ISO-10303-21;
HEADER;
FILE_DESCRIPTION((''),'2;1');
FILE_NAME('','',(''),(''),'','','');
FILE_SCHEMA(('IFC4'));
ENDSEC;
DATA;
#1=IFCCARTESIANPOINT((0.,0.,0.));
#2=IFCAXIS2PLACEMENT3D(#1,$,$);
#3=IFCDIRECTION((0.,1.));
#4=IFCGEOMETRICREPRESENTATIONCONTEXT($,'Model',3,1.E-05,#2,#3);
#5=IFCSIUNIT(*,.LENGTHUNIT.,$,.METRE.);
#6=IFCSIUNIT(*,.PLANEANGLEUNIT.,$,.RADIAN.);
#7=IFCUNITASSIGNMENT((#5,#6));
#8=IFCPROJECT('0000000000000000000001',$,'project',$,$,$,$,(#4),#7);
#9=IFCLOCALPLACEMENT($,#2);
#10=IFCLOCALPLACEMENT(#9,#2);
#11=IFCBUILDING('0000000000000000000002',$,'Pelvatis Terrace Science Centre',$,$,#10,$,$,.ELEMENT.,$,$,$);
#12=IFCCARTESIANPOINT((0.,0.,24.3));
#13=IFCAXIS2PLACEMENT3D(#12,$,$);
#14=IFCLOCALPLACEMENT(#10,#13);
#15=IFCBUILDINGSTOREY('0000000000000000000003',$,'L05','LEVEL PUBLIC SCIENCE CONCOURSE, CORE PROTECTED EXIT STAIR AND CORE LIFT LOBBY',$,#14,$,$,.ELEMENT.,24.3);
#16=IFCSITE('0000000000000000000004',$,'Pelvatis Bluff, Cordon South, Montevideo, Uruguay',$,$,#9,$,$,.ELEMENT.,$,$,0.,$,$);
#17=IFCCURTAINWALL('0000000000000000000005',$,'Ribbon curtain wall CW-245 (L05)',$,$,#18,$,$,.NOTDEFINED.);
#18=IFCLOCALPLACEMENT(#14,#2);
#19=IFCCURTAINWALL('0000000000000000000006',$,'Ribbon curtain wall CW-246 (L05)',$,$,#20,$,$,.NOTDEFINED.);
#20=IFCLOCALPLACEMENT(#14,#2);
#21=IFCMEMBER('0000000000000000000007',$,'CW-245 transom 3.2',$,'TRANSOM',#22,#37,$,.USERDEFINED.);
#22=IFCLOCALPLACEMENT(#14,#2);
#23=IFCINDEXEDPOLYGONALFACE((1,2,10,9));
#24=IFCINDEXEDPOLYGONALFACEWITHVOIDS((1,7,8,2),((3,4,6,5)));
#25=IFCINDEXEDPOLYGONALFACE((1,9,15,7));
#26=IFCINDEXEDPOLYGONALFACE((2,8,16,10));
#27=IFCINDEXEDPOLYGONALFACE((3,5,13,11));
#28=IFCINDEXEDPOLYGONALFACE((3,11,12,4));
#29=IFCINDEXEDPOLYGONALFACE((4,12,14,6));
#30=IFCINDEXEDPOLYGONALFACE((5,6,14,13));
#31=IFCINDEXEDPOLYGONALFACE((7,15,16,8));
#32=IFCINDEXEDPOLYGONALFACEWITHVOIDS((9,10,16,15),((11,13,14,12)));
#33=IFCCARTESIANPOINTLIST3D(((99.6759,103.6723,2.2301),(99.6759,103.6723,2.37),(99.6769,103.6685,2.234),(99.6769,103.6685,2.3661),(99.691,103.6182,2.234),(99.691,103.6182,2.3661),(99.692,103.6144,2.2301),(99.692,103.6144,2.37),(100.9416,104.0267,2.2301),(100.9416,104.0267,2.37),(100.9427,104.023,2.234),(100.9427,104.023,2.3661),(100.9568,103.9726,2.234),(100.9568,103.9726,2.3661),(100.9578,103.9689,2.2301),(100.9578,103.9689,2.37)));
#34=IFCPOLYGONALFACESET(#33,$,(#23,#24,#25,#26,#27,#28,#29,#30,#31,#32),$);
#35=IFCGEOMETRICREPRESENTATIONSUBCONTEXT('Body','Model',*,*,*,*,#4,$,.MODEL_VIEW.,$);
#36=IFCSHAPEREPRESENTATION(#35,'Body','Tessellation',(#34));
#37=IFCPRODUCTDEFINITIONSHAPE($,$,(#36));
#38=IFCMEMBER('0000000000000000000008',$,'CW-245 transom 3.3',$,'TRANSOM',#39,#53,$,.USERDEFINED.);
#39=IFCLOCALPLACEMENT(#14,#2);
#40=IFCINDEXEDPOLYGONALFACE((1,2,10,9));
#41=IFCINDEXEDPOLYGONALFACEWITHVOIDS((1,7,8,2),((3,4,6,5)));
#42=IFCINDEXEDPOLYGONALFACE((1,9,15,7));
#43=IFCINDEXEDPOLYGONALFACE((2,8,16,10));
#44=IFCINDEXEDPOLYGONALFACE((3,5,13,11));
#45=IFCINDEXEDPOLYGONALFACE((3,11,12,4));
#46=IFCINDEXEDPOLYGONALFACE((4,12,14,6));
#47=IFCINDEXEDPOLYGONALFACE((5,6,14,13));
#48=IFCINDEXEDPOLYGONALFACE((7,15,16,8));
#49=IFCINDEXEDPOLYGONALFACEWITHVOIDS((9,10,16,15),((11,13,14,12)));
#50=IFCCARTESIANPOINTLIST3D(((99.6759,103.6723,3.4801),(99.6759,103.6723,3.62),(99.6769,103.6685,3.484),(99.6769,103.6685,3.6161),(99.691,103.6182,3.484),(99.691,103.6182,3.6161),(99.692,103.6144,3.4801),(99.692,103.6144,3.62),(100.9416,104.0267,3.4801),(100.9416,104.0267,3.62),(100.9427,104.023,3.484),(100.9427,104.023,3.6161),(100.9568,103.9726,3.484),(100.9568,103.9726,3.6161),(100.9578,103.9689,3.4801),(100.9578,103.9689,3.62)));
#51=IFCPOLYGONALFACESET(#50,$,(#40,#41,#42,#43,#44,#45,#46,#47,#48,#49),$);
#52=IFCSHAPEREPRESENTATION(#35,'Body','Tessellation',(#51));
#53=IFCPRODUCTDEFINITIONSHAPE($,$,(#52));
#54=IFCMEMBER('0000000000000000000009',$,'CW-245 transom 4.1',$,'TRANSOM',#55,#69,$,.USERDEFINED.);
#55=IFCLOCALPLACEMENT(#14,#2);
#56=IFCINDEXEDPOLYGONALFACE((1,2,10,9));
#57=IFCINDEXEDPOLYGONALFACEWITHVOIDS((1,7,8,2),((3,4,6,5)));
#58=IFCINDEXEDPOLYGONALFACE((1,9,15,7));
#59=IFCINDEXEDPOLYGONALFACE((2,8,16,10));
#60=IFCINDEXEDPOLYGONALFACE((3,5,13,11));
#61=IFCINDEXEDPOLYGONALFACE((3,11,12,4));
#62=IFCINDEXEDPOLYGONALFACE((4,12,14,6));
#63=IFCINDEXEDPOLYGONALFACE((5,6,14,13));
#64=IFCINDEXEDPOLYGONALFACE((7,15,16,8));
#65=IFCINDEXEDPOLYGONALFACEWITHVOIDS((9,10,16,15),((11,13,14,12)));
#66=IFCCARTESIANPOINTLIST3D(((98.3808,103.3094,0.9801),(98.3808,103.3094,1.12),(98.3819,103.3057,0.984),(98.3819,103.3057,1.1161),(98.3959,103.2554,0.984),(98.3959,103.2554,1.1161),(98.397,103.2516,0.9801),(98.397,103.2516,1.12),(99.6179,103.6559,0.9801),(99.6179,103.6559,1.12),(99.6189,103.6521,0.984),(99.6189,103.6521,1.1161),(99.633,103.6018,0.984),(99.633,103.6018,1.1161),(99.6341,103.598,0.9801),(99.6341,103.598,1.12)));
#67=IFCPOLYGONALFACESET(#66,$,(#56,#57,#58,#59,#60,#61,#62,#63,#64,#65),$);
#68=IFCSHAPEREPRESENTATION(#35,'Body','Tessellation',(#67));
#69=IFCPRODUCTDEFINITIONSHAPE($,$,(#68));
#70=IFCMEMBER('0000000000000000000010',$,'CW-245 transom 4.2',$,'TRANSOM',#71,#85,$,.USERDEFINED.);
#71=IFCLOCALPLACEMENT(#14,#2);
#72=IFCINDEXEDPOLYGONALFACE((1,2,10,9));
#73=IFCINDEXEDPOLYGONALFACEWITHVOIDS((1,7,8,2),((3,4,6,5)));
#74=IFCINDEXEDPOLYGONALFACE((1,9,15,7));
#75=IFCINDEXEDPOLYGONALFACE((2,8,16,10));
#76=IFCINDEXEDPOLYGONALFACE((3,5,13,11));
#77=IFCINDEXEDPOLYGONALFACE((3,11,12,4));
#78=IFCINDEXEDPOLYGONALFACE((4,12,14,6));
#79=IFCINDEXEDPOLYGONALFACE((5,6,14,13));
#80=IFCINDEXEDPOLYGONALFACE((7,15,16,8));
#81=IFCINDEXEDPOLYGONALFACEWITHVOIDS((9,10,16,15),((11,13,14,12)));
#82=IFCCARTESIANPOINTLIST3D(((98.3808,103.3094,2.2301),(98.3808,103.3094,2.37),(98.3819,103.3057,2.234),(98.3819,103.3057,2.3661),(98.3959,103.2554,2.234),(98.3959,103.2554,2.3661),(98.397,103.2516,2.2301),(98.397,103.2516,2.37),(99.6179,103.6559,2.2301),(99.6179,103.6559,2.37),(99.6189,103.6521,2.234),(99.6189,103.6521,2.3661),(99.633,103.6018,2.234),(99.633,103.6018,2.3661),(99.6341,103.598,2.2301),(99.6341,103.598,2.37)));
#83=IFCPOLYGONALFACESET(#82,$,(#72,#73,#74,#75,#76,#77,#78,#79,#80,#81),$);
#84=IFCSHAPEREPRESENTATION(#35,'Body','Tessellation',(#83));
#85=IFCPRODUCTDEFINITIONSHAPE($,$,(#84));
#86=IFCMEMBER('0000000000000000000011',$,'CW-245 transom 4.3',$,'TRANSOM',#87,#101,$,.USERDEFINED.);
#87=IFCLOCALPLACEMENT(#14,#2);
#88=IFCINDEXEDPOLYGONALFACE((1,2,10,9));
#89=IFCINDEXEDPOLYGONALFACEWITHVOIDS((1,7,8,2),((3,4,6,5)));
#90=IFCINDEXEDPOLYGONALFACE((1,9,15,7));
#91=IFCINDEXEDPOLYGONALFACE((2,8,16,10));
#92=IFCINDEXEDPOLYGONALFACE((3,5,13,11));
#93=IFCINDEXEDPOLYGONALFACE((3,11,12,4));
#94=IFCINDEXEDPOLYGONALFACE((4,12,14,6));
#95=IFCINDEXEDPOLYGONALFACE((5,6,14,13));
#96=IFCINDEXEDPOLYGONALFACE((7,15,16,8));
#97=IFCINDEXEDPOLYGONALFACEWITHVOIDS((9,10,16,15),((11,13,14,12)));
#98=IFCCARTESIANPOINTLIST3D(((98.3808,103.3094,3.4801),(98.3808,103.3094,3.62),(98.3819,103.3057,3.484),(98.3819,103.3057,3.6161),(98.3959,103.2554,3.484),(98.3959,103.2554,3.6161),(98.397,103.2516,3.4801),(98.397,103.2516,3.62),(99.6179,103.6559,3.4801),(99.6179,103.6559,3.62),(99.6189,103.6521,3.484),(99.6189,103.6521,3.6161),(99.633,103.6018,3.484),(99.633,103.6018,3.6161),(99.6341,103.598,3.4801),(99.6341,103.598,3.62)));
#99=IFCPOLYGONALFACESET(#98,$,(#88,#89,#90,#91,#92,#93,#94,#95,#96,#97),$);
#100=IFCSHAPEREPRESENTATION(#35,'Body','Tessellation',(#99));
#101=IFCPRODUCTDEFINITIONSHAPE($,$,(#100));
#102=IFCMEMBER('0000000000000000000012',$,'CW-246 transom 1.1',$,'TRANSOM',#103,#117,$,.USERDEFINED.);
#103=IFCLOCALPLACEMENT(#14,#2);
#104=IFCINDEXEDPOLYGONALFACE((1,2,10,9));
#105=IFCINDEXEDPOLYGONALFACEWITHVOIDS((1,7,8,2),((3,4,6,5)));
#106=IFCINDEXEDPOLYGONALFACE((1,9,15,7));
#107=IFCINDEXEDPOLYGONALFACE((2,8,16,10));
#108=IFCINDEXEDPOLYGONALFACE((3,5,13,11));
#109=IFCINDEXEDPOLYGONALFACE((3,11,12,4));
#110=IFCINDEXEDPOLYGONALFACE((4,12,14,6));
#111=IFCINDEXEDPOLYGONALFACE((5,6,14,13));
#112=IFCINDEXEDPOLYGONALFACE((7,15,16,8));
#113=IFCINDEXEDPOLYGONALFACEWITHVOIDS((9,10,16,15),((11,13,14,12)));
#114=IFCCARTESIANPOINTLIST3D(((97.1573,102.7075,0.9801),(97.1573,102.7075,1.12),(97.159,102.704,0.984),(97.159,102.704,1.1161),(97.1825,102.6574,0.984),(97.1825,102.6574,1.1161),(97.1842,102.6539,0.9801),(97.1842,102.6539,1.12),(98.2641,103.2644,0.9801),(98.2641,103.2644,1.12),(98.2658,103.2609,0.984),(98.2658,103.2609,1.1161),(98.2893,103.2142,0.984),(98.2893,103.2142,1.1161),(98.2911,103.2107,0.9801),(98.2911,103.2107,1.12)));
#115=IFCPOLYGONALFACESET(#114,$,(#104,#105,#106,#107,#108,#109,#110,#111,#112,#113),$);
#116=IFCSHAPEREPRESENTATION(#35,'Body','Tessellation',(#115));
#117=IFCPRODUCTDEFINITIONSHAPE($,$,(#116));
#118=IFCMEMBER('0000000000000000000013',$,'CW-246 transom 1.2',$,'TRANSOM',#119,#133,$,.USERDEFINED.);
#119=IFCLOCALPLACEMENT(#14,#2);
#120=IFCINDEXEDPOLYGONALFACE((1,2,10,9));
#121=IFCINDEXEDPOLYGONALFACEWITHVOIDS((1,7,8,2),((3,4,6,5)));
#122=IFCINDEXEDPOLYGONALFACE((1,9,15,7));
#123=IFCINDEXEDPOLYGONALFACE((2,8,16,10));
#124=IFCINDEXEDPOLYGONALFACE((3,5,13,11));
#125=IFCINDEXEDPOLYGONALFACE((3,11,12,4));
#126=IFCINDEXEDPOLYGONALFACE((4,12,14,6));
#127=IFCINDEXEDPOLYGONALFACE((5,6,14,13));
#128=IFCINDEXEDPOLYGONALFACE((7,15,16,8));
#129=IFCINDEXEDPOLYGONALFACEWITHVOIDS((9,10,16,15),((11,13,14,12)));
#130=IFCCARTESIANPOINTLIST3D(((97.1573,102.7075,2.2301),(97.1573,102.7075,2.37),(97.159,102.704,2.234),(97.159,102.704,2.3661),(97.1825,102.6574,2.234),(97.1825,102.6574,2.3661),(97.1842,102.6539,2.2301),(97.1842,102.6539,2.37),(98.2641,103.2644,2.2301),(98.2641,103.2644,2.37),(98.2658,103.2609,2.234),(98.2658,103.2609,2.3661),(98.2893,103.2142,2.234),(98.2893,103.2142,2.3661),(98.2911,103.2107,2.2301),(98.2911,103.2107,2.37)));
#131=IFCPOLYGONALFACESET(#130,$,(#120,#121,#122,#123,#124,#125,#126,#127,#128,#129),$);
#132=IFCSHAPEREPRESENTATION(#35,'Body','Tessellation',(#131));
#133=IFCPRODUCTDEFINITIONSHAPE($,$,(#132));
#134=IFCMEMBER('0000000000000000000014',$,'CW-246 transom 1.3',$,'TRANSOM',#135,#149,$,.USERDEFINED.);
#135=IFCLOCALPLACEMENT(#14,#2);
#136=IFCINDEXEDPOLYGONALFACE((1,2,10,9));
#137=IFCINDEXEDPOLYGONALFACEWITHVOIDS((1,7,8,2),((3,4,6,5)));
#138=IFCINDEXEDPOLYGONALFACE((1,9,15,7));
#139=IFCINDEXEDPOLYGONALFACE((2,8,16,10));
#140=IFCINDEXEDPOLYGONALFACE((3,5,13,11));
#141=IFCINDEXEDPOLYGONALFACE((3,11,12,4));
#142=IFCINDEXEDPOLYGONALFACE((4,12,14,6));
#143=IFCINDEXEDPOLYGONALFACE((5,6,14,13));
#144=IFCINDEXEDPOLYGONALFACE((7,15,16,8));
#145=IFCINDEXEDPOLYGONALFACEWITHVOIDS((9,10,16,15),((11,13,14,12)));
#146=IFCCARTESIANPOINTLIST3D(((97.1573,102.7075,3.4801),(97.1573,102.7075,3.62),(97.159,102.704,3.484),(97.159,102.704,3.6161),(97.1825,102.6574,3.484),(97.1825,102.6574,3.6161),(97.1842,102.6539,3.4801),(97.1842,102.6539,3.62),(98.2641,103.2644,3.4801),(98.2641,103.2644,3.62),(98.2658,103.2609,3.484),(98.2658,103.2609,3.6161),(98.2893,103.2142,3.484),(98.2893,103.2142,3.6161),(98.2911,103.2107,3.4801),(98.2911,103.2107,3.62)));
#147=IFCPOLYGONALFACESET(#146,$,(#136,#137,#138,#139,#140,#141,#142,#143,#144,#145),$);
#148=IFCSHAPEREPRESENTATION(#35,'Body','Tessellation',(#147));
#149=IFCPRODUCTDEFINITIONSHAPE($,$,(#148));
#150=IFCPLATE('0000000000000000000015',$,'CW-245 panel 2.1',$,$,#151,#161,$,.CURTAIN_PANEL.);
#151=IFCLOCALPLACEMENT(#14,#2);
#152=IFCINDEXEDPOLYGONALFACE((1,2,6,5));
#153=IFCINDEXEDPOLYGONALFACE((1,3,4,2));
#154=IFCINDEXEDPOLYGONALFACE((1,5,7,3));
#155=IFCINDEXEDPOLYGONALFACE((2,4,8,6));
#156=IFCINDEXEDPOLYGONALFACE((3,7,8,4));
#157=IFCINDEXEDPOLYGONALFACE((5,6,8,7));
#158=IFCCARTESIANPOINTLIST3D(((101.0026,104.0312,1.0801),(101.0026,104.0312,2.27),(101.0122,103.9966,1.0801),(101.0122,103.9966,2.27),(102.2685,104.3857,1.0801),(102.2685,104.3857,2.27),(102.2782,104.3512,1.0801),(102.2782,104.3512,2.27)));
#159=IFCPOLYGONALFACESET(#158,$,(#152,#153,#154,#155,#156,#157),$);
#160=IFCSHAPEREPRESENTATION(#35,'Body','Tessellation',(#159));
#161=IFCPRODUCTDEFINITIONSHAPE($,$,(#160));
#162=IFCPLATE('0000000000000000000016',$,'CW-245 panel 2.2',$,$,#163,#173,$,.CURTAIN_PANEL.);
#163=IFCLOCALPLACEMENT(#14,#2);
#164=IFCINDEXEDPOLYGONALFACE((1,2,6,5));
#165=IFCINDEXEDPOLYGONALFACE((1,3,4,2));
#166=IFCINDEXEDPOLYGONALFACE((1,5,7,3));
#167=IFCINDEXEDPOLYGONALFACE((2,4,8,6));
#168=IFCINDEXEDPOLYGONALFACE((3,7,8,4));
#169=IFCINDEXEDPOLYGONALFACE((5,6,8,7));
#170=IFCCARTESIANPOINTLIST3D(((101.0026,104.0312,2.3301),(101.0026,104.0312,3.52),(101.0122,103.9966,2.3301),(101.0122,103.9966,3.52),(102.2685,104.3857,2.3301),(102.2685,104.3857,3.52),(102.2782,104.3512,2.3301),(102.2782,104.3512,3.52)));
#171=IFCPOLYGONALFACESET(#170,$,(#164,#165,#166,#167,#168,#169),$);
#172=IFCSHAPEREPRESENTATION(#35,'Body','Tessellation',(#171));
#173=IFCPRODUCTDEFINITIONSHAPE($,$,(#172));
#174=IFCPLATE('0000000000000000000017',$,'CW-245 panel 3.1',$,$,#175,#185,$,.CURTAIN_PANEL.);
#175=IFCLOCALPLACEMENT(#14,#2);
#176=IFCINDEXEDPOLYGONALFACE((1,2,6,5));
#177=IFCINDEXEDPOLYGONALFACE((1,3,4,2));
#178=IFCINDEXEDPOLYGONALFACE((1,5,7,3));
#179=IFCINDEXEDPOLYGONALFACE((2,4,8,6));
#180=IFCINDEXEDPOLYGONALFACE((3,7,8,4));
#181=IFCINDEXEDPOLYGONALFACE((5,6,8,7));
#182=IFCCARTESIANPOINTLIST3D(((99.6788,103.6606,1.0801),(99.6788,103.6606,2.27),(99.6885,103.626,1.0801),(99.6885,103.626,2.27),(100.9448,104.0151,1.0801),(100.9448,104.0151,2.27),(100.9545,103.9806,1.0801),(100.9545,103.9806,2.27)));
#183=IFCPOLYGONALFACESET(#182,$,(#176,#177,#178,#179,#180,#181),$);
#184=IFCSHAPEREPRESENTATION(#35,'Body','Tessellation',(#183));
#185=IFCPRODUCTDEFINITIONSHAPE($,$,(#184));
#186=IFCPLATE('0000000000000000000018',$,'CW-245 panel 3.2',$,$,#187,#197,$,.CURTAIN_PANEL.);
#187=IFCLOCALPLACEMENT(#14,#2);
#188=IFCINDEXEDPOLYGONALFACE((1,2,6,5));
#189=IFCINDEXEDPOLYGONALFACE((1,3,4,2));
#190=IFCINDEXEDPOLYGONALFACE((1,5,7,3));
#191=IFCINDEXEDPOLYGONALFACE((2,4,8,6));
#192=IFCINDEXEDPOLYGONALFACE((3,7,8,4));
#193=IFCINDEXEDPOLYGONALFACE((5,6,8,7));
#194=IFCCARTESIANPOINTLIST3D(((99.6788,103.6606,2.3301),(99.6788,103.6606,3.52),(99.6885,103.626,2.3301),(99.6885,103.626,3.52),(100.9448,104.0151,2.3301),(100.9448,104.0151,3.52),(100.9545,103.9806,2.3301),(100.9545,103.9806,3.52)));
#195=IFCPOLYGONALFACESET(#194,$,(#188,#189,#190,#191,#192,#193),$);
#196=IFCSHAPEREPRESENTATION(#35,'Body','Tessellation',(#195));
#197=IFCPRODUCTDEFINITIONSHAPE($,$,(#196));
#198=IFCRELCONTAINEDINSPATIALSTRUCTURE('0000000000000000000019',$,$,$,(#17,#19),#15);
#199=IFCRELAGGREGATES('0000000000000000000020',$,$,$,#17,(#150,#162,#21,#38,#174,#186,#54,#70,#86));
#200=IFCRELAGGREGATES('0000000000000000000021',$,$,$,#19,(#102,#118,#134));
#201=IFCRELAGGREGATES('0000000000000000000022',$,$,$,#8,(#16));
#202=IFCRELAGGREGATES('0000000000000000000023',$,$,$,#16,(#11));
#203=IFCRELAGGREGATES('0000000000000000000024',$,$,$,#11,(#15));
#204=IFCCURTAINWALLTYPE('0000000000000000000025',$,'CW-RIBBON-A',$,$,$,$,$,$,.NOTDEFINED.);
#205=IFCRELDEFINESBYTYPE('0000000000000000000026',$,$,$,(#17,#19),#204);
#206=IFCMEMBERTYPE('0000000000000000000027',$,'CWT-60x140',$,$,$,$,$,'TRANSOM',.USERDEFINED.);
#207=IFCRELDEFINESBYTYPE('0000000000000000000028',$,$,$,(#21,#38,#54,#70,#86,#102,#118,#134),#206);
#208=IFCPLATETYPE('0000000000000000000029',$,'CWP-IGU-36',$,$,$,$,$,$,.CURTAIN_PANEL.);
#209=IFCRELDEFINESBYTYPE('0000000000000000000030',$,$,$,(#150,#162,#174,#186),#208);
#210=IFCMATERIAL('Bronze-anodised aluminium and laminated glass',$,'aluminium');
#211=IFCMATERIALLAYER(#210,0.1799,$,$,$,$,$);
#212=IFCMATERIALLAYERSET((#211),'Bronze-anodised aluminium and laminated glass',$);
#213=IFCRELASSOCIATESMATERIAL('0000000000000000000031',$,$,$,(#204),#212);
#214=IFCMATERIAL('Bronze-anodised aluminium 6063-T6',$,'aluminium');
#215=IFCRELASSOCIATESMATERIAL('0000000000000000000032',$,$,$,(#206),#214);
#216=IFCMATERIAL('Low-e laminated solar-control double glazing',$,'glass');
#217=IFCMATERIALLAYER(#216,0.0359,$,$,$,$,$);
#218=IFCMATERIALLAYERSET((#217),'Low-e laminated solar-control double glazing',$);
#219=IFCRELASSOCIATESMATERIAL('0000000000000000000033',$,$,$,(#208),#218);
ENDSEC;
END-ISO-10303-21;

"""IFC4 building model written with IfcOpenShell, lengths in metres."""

from ifc_helpers import new_model, si_unit, direction, frame, origin, origin_2d, place, context, subcontext, project, spatial, rectangle, hollow_rectangle, extrude, material, layer, layer_set, material_profile, profile_set, type_object, element, aggregate, save


model = new_model("IFC4")

# Units and contexts
model_context = context("Model", 3, precision=1e-05, world=origin(), true_north=direction((0.0, 1.0)))
body_context = subcontext(model_context, "Body", "Model", "MODEL_VIEW")
ifc_project = project(units=[si_unit("LENGTHUNIT", "METRE"), si_unit("PLANEANGLEUNIT", "RADIAN")], contexts=[model_context])

# Site, building, storey
site_placement = place(None, origin())
site = spatial("IfcSite", under=ifc_project, at=site_placement, Name="Pelvatis Bluff, Cordon South, Montevideo, Uruguay", CompositionType="ELEMENT", RefElevation=0.0)
building_placement = place(site_placement, origin())
building = spatial("IfcBuilding", under=site, at=building_placement, Name="Pelvatis Terrace Science Centre", CompositionType="ELEMENT")
storey_placement = place(building_placement, frame((0.0, 0.0, 24.3)))
storey = spatial("IfcBuildingStorey", under=building, at=storey_placement, Name="L05", Description="LEVEL PUBLIC SCIENCE CONCOURSE, CORE PROTECTED EXIT STAIR AND CORE LIFT LOBBY", CompositionType="ELEMENT", Elevation=24.3)

# Curtain walls
ifc_material_1 = material(Name="Bronze-anodised aluminium and laminated glass", Category="aluminium")
ifc_layer_1 = layer(ifc_material_1, 0.1799)
ifc_layer_set_1 = layer_set([ifc_layer_1], Name="Bronze-anodised aluminium and laminated glass")
curtain_wall_type = type_object("IfcCurtainWallType", Name="CW-RIBBON-A", PredefinedType="NOTDEFINED", material=ifc_layer_set_1)
curtain_wall_1_placement = place(storey_placement, origin())
curtain_wall_1 = element("IfcCurtainWall", 1, at=curtain_wall_1_placement, inside=storey, type_object=curtain_wall_type, Name="Ribbon curtain wall CW-245 (L05)", PredefinedType="NOTDEFINED")
curtain_wall_2_placement = place(storey_placement, origin())
curtain_wall_2 = element("IfcCurtainWall", 2, at=curtain_wall_2_placement, inside=storey, type_object=curtain_wall_type, Name="Ribbon curtain wall CW-246 (L05)", PredefinedType="NOTDEFINED")

# Members
ifc_material_2 = material(Name="Bronze-anodised aluminium 6063-T6", Category="aluminium")
ifc_material_profile_1 = material_profile(ifc_material_2, hollow_rectangle(XDim=0.0601, YDim=0.1399, WallThickness=0.0039, at=origin_2d()), Name="ALU-TRN 60x140")
ifc_profile_set_1 = profile_set([ifc_material_profile_1], Name="Bronze-anodised aluminium 6063-T6")
member_type_1 = type_object("IfcMemberType", Name="CWT-60x140", ElementType="TRANSOM", PredefinedType="USERDEFINED", material=ifc_profile_set_1)
member_1_placement = place(storey_placement, frame((100.9497, 103.9978, 2.3), z_axis=(-0.962954, -0.269664, 0.0), x_axis=(0.269664, -0.962954, 0.0)))
member_1 = element("IfcMember", 3, at=member_1_placement, type_object=member_type_1, Name="CW-245 transom 3.2", ObjectType="TRANSOM", PredefinedType="USERDEFINED", context=body_context, shape_type="SweptSolid", body=[
    extrude(hollow_rectangle(XDim=0.0601, YDim=0.1399, WallThickness=0.0039, at=origin_2d()), origin(), (0.0, 0.0, 1.0), 1.3145),
])
member_2_placement = place(storey_placement, frame((100.9497, 103.9978, 3.55), z_axis=(-0.962954, -0.269664, 0.0), x_axis=(0.269664, -0.962954, 0.0)))
member_2 = element("IfcMember", 4, at=member_2_placement, type_object=member_type_1, Name="CW-245 transom 3.3", ObjectType="TRANSOM", PredefinedType="USERDEFINED", context=body_context, shape_type="SweptSolid", body=[
    extrude(hollow_rectangle(XDim=0.0601, YDim=0.1399, WallThickness=0.0039, at=origin_2d()), origin(), (0.0, 0.0, 1.0), 1.3145),
])
member_3_placement = place(storey_placement, frame((99.626, 103.627, 1.05), z_axis=(-0.962952, -0.269672, 0.0), x_axis=(0.269672, -0.962952, 0.0)))
member_3 = element("IfcMember", 5, at=member_3_placement, type_object=member_type_1, Name="CW-245 transom 4.1", ObjectType="TRANSOM", PredefinedType="USERDEFINED", context=body_context, shape_type="SweptSolid", body=[
    extrude(hollow_rectangle(XDim=0.0601, YDim=0.1399, WallThickness=0.0039, at=origin_2d()), origin(), (0.0, 0.0, 1.0), 1.2847),
])
member_4_placement = place(storey_placement, frame((99.626, 103.627, 2.3), z_axis=(-0.962952, -0.269672, 0.0), x_axis=(0.269672, -0.962952, 0.0)))
member_4 = element("IfcMember", 6, at=member_4_placement, type_object=member_type_1, Name="CW-245 transom 4.2", ObjectType="TRANSOM", PredefinedType="USERDEFINED", context=body_context, shape_type="SweptSolid", body=[
    extrude(hollow_rectangle(XDim=0.0601, YDim=0.1399, WallThickness=0.0039, at=origin_2d()), origin(), (0.0, 0.0, 1.0), 1.2847),
])
member_5_placement = place(storey_placement, frame((99.626, 103.627, 3.55), z_axis=(-0.962952, -0.269672, 0.0), x_axis=(0.269672, -0.962952, 0.0)))
member_5 = element("IfcMember", 7, at=member_5_placement, type_object=member_type_1, Name="CW-245 transom 4.3", ObjectType="TRANSOM", PredefinedType="USERDEFINED", context=body_context, shape_type="SweptSolid", body=[
    extrude(hollow_rectangle(XDim=0.0601, YDim=0.1399, WallThickness=0.0039, at=origin_2d()), origin(), (0.0, 0.0, 1.0), 1.2847),
])
member_6_placement = place(storey_placement, frame((98.2776, 103.2375, 1.05), z_axis=(-0.893321, -0.449419, 0.0), x_axis=(0.449419, -0.893321, 0.0)))
member_6 = element("IfcMember", 8, at=member_6_placement, type_object=member_type_1, Name="CW-246 transom 1.1", ObjectType="TRANSOM", PredefinedType="USERDEFINED", context=body_context, shape_type="SweptSolid", body=[
    extrude(hollow_rectangle(XDim=0.0601, YDim=0.1399, WallThickness=0.0039, at=origin_2d()), origin(), (0.0, 0.0, 1.0), 1.239),
])
member_7_placement = place(storey_placement, frame((98.2776, 103.2375, 2.3), z_axis=(-0.893321, -0.449419, 0.0), x_axis=(0.449419, -0.893321, 0.0)))
member_7 = element("IfcMember", 9, at=member_7_placement, type_object=member_type_1, Name="CW-246 transom 1.2", ObjectType="TRANSOM", PredefinedType="USERDEFINED", context=body_context, shape_type="SweptSolid", body=[
    extrude(hollow_rectangle(XDim=0.0601, YDim=0.1399, WallThickness=0.0039, at=origin_2d()), origin(), (0.0, 0.0, 1.0), 1.239),
])
member_8_placement = place(storey_placement, frame((98.2776, 103.2375, 3.55), z_axis=(-0.893321, -0.449419, 0.0), x_axis=(0.449419, -0.893321, 0.0)))
member_8 = element("IfcMember", 10, at=member_8_placement, type_object=member_type_1, Name="CW-246 transom 1.3", ObjectType="TRANSOM", PredefinedType="USERDEFINED", context=body_context, shape_type="SweptSolid", body=[
    extrude(hollow_rectangle(XDim=0.0601, YDim=0.1399, WallThickness=0.0039, at=origin_2d()), origin(), (0.0, 0.0, 1.0), 1.239),
])

# Plates
ifc_material_3 = material(Name="Low-e laminated solar-control double glazing", Category="glass")
ifc_layer_2 = layer(ifc_material_3, 0.0359)
ifc_layer_set_2 = layer_set([ifc_layer_2], Name="Low-e laminated solar-control double glazing")
plate_type = type_object("IfcPlateType", Name="CWP-IGU-36", PredefinedType="CURTAIN_PANEL", material=ifc_layer_set_2)
plate_1_placement = place(storey_placement, frame((101.6404, 104.1912, 1.0801), z_axis=(0.0, 0.0, 1.0), x_axis=(-0.962946, -0.269695, 0.0)))
plate_1 = element("IfcPlate", 11, at=plate_1_placement, type_object=plate_type, Name="CW-245 panel 2.1", PredefinedType="CURTAIN_PANEL", context=body_context, shape_type="SweptSolid", body=[
    extrude(rectangle(XDim=1.3147, YDim=0.0359, at=origin_2d()), origin(), (0.0, 0.0, 1.0), 1.1899),
])
plate_2_placement = place(storey_placement, frame((101.6404, 104.1912, 2.3301), z_axis=(0.0, 0.0, 1.0), x_axis=(-0.962946, -0.269695, 0.0)))
plate_2 = element("IfcPlate", 12, at=plate_2_placement, type_object=plate_type, Name="CW-245 panel 2.2", PredefinedType="CURTAIN_PANEL", context=body_context, shape_type="SweptSolid", body=[
    extrude(rectangle(XDim=1.3147, YDim=0.0359, at=origin_2d()), origin(), (0.0, 0.0, 1.0), 1.1899),
])
plate_3_placement = place(storey_placement, frame((100.3167, 103.8206, 1.0801), z_axis=(0.0, 0.0, 1.0), x_axis=(-0.962946, -0.269695, 0.0)))
plate_3 = element("IfcPlate", 13, at=plate_3_placement, type_object=plate_type, Name="CW-245 panel 3.1", PredefinedType="CURTAIN_PANEL", context=body_context, shape_type="SweptSolid", body=[
    extrude(rectangle(XDim=1.3147, YDim=0.0359, at=origin_2d()), origin(), (0.0, 0.0, 1.0), 1.1899),
])
plate_4_placement = place(storey_placement, frame((100.3167, 103.8206, 2.3301), z_axis=(0.0, 0.0, 1.0), x_axis=(-0.962946, -0.269695, 0.0)))
plate_4 = element("IfcPlate", 14, at=plate_4_placement, type_object=plate_type, Name="CW-245 panel 3.2", PredefinedType="CURTAIN_PANEL", context=body_context, shape_type="SweptSolid", body=[
    extrude(rectangle(XDim=1.3147, YDim=0.0359, at=origin_2d()), origin(), (0.0, 0.0, 1.0), 1.1899),
])
aggregate(curtain_wall_1, [plate_1, plate_2, member_1, member_2, plate_3, plate_4, member_3, member_4, member_5])
aggregate(curtain_wall_2, [member_6, member_7, member_8])

save(model, "model.ifc")
